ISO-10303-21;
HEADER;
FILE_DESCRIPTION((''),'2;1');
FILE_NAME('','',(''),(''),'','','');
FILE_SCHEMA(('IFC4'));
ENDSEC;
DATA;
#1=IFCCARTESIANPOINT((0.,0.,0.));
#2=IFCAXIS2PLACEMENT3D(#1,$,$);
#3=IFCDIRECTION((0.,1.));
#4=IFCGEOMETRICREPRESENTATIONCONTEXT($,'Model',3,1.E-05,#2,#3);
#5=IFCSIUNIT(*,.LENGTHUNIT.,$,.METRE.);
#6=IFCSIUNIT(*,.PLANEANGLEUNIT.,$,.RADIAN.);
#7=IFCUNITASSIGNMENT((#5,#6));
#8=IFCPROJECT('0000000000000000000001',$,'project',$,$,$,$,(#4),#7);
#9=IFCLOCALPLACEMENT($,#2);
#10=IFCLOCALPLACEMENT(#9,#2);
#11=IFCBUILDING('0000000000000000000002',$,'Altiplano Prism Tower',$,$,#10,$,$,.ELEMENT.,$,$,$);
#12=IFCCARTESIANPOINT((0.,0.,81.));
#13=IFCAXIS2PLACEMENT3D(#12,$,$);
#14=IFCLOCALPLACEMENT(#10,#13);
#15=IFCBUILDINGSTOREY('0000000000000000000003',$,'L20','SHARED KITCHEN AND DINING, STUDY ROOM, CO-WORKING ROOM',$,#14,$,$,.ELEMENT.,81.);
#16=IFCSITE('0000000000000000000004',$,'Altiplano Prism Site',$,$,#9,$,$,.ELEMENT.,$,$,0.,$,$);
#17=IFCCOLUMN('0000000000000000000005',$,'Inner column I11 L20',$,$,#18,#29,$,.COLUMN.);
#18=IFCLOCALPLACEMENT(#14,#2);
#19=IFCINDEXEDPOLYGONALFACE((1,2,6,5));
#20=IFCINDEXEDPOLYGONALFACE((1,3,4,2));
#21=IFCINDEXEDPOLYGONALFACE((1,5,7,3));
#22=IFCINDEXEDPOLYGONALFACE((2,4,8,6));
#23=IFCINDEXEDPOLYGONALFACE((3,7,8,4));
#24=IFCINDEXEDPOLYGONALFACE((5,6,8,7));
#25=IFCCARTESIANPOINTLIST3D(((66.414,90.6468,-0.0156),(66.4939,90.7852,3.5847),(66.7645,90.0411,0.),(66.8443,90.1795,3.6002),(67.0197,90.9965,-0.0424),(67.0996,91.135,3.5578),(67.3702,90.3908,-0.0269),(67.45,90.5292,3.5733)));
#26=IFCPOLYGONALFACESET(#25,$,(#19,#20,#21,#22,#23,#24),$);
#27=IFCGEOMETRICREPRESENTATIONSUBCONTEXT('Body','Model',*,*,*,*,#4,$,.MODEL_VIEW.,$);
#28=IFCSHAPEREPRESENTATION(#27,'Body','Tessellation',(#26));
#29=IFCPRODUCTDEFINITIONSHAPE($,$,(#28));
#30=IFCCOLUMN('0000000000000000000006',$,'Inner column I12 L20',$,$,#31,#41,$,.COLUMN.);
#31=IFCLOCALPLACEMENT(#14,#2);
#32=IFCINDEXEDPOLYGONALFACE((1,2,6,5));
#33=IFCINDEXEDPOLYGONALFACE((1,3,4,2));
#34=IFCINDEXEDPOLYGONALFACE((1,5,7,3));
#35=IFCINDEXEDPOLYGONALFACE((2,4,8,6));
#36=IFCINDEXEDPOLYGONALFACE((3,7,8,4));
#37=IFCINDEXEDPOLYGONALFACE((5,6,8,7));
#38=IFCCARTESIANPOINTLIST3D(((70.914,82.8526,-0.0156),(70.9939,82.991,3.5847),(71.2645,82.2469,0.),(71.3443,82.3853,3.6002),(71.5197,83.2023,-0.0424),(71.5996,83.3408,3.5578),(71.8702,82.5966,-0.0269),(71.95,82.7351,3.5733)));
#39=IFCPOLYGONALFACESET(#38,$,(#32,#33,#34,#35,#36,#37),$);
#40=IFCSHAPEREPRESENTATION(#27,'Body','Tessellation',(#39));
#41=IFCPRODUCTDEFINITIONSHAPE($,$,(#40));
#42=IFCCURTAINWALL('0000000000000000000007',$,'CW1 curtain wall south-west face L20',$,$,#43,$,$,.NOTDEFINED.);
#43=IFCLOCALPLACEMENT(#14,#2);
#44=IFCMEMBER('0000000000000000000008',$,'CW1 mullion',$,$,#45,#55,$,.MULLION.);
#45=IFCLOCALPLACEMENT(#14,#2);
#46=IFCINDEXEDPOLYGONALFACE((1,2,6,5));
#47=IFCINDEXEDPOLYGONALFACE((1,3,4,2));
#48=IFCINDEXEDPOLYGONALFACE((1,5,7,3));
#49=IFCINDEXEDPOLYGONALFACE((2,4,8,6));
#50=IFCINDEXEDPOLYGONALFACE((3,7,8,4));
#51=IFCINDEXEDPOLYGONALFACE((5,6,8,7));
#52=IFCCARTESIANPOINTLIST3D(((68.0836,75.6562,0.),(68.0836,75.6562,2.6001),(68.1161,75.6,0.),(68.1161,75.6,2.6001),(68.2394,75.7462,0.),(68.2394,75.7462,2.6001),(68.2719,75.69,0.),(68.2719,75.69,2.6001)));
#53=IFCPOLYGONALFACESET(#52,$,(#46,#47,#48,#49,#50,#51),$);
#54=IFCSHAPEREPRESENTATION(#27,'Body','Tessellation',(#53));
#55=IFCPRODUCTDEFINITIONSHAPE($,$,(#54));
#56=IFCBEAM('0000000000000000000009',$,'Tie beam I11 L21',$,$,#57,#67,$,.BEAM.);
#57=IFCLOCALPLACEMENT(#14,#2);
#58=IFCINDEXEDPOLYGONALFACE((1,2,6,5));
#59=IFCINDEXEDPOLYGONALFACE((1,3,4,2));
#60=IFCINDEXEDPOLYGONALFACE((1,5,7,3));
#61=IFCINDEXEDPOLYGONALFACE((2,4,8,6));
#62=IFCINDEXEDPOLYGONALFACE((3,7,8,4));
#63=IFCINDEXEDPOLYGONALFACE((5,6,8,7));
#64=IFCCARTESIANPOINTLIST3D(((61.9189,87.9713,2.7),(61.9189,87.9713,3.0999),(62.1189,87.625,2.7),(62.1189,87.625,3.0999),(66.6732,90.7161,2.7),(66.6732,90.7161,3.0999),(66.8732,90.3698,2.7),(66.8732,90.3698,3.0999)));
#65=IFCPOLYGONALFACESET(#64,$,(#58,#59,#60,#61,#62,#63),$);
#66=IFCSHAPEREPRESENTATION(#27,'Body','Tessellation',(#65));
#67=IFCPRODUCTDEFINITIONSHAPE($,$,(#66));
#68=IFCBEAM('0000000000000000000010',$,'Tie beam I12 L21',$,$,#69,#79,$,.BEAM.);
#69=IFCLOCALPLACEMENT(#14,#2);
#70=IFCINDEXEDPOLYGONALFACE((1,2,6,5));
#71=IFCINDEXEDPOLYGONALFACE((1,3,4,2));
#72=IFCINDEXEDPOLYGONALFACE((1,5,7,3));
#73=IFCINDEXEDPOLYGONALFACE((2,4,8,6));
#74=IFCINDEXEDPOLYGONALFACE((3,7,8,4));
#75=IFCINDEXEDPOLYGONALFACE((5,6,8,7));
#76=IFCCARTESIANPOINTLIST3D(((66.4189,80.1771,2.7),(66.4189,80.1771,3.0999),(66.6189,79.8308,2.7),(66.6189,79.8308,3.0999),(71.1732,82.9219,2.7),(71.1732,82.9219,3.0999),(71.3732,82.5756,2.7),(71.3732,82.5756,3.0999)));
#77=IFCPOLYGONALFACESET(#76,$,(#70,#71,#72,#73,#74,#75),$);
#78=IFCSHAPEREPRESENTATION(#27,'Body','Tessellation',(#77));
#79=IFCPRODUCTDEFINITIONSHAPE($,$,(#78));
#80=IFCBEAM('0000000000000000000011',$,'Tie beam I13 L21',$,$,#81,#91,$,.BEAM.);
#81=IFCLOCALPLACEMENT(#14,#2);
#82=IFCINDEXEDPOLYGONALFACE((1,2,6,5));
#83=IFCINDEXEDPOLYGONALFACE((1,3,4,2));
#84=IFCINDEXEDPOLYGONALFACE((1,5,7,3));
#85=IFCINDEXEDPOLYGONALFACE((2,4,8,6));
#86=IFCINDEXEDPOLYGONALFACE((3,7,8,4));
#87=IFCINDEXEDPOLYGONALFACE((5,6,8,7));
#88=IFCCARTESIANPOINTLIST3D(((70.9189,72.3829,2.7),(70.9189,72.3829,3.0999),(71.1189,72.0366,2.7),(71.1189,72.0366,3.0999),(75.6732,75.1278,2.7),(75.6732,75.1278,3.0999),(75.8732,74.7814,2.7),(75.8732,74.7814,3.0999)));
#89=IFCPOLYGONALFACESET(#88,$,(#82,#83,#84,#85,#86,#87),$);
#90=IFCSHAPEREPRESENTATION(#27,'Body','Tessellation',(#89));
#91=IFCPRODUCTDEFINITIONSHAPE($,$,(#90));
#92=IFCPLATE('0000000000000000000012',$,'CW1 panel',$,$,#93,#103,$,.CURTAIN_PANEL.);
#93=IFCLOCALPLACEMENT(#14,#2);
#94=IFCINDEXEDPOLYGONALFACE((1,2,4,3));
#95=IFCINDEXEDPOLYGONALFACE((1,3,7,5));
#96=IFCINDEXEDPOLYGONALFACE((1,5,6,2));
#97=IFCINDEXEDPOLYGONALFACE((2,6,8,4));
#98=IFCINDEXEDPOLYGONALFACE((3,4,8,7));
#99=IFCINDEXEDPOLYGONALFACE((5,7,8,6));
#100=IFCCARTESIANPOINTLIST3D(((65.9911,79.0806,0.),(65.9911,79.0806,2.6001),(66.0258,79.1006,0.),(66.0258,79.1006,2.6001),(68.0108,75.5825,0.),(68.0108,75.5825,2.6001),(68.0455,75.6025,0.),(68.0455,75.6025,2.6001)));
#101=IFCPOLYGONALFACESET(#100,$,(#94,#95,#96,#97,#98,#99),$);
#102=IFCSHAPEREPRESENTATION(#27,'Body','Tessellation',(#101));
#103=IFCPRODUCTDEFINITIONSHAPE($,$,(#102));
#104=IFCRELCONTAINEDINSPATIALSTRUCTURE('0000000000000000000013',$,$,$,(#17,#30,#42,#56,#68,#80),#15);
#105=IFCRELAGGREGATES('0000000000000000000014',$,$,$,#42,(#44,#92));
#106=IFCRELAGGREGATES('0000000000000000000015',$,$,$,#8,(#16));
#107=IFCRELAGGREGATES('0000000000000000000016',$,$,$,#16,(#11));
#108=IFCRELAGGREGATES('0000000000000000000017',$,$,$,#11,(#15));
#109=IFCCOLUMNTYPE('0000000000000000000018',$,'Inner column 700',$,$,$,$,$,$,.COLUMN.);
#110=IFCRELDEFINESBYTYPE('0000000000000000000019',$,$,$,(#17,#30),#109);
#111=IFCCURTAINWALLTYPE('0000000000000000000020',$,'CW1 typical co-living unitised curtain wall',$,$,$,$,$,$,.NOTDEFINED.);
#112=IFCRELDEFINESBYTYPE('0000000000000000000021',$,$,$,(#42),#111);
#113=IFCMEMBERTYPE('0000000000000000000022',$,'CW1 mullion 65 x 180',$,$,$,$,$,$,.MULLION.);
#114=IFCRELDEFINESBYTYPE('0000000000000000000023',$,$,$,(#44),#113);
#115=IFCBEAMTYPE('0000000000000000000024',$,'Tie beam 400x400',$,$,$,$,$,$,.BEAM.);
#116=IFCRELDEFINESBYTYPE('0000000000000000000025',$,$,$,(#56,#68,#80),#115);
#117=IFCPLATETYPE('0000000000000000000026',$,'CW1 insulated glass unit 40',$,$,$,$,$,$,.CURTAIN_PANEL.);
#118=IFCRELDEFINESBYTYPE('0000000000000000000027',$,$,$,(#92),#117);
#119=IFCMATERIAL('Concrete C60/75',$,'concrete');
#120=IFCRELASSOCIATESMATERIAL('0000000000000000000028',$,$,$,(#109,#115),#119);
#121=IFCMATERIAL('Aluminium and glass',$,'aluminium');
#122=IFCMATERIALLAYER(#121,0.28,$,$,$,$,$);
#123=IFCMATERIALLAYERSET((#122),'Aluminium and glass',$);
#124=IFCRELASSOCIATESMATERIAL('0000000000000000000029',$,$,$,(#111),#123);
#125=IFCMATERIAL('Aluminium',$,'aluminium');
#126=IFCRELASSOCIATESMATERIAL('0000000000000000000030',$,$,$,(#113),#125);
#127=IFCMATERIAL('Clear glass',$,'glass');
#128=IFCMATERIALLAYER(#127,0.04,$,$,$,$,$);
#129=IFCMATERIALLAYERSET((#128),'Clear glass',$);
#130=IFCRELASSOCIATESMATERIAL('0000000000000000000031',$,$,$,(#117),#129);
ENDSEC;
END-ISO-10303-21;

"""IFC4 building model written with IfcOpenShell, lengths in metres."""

from ifc_helpers import new_model, si_unit, direction, frame, origin, origin_2d, place, context, subcontext, project, spatial, rectangle, extrude, material, layer, layer_set, material_profile, profile_set, type_object, element, aggregate, save


model = new_model("IFC4")

# Units and contexts
model_context = context("Model", 3, precision=1e-05, world=origin(), true_north=direction((0.0, 1.0)))
body_context = subcontext(model_context, "Body", "Model", "MODEL_VIEW")
ifc_project = project(units=[si_unit("LENGTHUNIT", "METRE"), si_unit("PLANEANGLEUNIT", "RADIAN")], contexts=[model_context])

# Site, building, storey
site_placement = place(None, origin())
site = spatial("IfcSite", under=ifc_project, at=site_placement, Name="Altiplano Prism Site", CompositionType="ELEMENT", RefElevation=0.0)
building_placement = place(site_placement, origin())
building = spatial("IfcBuilding", under=site, at=building_placement, Name="Altiplano Prism Tower", CompositionType="ELEMENT")
storey_placement = place(building_placement, frame((0.0, 0.0, 81.0)))
storey = spatial("IfcBuildingStorey", under=building, at=storey_placement, Name="L20", Description="SHARED KITCHEN AND DINING, STUDY ROOM, CO-WORKING ROOM", CompositionType="ELEMENT", Elevation=81.0)

# Columns
ifc_material_1 = material(Name="Concrete C60/75", Category="concrete")
ifc_material_profile_1 = material_profile(ifc_material_1, rectangle(XDim=0.7, YDim=0.7, at=origin_2d()), Name="Inner column 700")
ifc_profile_set_1 = profile_set([ifc_material_profile_1], Name="Concrete C60/75")
column_type = type_object("IfcColumnType", Name="Inner column 700", PredefinedType="COLUMN", material=ifc_profile_set_1)
for number, where, z_axis, x_axis, name in (
    (1, (66.8921, 90.5188, -0.0212), (0.022154, 0.038413, 0.999016), (-0.865362, -0.499674, 0.038403), "Inner column I11 L20"),
    (2, (71.3921, 82.7246, -0.0212), (0.022154, 0.038413, 0.999016), (-0.865362, -0.499674, 0.038403), "Inner column I12 L20"),
):
    element("IfcColumn", number, at=place(storey_placement, frame(where, z_axis=z_axis, x_axis=x_axis)), inside=storey, type_object=column_type, Name=name, PredefinedType="COLUMN", context=body_context, shape_type="SweptSolid", body=[
        extrude(rectangle(XDim=0.7, YDim=0.7, at=origin_2d()), origin(), (0.0, 0.0, 1.0), 3.6038),
    ])

# Curtain wall, member
ifc_material_2 = material(Name="Aluminium and glass", Category="aluminium")
ifc_layer_1 = layer(ifc_material_2, 0.28)
ifc_layer_set_1 = layer_set([ifc_layer_1], Name="Aluminium and glass")
curtain_wall_type = type_object("IfcCurtainWallType", Name="CW1 typical co-living unitised curtain wall", PredefinedType="NOTDEFINED", material=ifc_layer_set_1)
curtain_wall_placement = place(storey_placement, origin())
curtain_wall = element("IfcCurtainWall", 3, at=curtain_wall_placement, inside=storey, type_object=curtain_wall_type, Name="CW1 curtain wall south-west face L20", PredefinedType="NOTDEFINED")
ifc_material_3 = material(Name="Aluminium", Category="aluminium")
ifc_material_profile_2 = material_profile(ifc_material_3, rectangle(XDim=0.1799, YDim=0.0649, at=origin_2d()), Name="CW1 mullion 65 x 180")
ifc_profile_set_2 = profile_set([ifc_material_profile_2], Name="Aluminium")
member_type = type_object("IfcMemberType", Name="CW1 mullion 65 x 180", PredefinedType="MULLION", material=ifc_profile_set_2)
member_placement = place(storey_placement, frame((68.1777, 75.6731, 0.0), z_axis=(0.0, 0.0, 1.0), x_axis=(0.866025, 0.5, 0.0)))
member = element("IfcMember", 4, at=member_placement, type_object=member_type, Name="CW1 mullion", PredefinedType="MULLION", context=body_context, shape_type="SweptSolid", body=[
    extrude(rectangle(XDim=0.1799, YDim=0.0649, at=origin_2d()), origin(), (0.0, 0.0, 1.0), 2.6001),
])

# Beams
ifc_material_profile_3 = material_profile(ifc_material_1, rectangle(XDim=0.3999, YDim=0.3999, at=origin_2d()), Name="Tie beam 400x400")
ifc_profile_set_3 = profile_set([ifc_material_profile_3], Name="Concrete C60/75")
beam_type = type_object("IfcBeamType", Name="Tie beam 400x400", PredefinedType="BEAM", material=ifc_profile_set_3)
for number, where, z_axis, x_axis, name in (
    (5, (66.7732, 90.543, 2.8999), (-0.866032, -0.499989, 0.0), (0.499989, -0.866032, 0.0), "Tie beam I11 L21"),
    (6, (71.2732, 82.7488, 2.8999), (-0.866032, -0.499989, 0.0), (0.499989, -0.866032, 0.0), "Tie beam I12 L21"),
    (7, (75.7732, 74.9546, 2.8999), (-0.866032, -0.499989, 0.0), (0.499989, -0.866032, 0.0), "Tie beam I13 L21"),
):
    element("IfcBeam", number, at=place(storey_placement, frame(where, z_axis=z_axis, x_axis=x_axis)), inside=storey, type_object=beam_type, Name=name, PredefinedType="BEAM", context=body_context, shape_type="SweptSolid", body=[
        extrude(rectangle(XDim=0.3999, YDim=0.3999, at=origin_2d()), origin(), (0.0, 0.0, 1.0), 5.4897),
    ])

# Plate
ifc_material_4 = material(Name="Clear glass", Category="glass")
ifc_layer_2 = layer(ifc_material_4, 0.04)
ifc_layer_set_2 = layer_set([ifc_layer_2], Name="Clear glass")
plate_type = type_object("IfcPlateType", Name="CW1 insulated glass unit 40", PredefinedType="CURTAIN_PANEL", material=ifc_layer_set_2)
plate_placement = place(storey_placement, frame((67.0183, 77.3416, 0.0), z_axis=(0.0, 0.0, 1.0), x_axis=(0.5, -0.866025, 0.0)))
plate = element("IfcPlate", 8, at=plate_placement, type_object=plate_type, Name="CW1 panel", PredefinedType="CURTAIN_PANEL", context=body_context, shape_type="SweptSolid", body=[
    extrude(rectangle(XDim=4.0393, YDim=0.04, at=origin_2d()), origin(), (0.0, 0.0, 1.0), 2.6001),
])
aggregate(curtain_wall, [member, plate])

save(model, "model.ifc")
